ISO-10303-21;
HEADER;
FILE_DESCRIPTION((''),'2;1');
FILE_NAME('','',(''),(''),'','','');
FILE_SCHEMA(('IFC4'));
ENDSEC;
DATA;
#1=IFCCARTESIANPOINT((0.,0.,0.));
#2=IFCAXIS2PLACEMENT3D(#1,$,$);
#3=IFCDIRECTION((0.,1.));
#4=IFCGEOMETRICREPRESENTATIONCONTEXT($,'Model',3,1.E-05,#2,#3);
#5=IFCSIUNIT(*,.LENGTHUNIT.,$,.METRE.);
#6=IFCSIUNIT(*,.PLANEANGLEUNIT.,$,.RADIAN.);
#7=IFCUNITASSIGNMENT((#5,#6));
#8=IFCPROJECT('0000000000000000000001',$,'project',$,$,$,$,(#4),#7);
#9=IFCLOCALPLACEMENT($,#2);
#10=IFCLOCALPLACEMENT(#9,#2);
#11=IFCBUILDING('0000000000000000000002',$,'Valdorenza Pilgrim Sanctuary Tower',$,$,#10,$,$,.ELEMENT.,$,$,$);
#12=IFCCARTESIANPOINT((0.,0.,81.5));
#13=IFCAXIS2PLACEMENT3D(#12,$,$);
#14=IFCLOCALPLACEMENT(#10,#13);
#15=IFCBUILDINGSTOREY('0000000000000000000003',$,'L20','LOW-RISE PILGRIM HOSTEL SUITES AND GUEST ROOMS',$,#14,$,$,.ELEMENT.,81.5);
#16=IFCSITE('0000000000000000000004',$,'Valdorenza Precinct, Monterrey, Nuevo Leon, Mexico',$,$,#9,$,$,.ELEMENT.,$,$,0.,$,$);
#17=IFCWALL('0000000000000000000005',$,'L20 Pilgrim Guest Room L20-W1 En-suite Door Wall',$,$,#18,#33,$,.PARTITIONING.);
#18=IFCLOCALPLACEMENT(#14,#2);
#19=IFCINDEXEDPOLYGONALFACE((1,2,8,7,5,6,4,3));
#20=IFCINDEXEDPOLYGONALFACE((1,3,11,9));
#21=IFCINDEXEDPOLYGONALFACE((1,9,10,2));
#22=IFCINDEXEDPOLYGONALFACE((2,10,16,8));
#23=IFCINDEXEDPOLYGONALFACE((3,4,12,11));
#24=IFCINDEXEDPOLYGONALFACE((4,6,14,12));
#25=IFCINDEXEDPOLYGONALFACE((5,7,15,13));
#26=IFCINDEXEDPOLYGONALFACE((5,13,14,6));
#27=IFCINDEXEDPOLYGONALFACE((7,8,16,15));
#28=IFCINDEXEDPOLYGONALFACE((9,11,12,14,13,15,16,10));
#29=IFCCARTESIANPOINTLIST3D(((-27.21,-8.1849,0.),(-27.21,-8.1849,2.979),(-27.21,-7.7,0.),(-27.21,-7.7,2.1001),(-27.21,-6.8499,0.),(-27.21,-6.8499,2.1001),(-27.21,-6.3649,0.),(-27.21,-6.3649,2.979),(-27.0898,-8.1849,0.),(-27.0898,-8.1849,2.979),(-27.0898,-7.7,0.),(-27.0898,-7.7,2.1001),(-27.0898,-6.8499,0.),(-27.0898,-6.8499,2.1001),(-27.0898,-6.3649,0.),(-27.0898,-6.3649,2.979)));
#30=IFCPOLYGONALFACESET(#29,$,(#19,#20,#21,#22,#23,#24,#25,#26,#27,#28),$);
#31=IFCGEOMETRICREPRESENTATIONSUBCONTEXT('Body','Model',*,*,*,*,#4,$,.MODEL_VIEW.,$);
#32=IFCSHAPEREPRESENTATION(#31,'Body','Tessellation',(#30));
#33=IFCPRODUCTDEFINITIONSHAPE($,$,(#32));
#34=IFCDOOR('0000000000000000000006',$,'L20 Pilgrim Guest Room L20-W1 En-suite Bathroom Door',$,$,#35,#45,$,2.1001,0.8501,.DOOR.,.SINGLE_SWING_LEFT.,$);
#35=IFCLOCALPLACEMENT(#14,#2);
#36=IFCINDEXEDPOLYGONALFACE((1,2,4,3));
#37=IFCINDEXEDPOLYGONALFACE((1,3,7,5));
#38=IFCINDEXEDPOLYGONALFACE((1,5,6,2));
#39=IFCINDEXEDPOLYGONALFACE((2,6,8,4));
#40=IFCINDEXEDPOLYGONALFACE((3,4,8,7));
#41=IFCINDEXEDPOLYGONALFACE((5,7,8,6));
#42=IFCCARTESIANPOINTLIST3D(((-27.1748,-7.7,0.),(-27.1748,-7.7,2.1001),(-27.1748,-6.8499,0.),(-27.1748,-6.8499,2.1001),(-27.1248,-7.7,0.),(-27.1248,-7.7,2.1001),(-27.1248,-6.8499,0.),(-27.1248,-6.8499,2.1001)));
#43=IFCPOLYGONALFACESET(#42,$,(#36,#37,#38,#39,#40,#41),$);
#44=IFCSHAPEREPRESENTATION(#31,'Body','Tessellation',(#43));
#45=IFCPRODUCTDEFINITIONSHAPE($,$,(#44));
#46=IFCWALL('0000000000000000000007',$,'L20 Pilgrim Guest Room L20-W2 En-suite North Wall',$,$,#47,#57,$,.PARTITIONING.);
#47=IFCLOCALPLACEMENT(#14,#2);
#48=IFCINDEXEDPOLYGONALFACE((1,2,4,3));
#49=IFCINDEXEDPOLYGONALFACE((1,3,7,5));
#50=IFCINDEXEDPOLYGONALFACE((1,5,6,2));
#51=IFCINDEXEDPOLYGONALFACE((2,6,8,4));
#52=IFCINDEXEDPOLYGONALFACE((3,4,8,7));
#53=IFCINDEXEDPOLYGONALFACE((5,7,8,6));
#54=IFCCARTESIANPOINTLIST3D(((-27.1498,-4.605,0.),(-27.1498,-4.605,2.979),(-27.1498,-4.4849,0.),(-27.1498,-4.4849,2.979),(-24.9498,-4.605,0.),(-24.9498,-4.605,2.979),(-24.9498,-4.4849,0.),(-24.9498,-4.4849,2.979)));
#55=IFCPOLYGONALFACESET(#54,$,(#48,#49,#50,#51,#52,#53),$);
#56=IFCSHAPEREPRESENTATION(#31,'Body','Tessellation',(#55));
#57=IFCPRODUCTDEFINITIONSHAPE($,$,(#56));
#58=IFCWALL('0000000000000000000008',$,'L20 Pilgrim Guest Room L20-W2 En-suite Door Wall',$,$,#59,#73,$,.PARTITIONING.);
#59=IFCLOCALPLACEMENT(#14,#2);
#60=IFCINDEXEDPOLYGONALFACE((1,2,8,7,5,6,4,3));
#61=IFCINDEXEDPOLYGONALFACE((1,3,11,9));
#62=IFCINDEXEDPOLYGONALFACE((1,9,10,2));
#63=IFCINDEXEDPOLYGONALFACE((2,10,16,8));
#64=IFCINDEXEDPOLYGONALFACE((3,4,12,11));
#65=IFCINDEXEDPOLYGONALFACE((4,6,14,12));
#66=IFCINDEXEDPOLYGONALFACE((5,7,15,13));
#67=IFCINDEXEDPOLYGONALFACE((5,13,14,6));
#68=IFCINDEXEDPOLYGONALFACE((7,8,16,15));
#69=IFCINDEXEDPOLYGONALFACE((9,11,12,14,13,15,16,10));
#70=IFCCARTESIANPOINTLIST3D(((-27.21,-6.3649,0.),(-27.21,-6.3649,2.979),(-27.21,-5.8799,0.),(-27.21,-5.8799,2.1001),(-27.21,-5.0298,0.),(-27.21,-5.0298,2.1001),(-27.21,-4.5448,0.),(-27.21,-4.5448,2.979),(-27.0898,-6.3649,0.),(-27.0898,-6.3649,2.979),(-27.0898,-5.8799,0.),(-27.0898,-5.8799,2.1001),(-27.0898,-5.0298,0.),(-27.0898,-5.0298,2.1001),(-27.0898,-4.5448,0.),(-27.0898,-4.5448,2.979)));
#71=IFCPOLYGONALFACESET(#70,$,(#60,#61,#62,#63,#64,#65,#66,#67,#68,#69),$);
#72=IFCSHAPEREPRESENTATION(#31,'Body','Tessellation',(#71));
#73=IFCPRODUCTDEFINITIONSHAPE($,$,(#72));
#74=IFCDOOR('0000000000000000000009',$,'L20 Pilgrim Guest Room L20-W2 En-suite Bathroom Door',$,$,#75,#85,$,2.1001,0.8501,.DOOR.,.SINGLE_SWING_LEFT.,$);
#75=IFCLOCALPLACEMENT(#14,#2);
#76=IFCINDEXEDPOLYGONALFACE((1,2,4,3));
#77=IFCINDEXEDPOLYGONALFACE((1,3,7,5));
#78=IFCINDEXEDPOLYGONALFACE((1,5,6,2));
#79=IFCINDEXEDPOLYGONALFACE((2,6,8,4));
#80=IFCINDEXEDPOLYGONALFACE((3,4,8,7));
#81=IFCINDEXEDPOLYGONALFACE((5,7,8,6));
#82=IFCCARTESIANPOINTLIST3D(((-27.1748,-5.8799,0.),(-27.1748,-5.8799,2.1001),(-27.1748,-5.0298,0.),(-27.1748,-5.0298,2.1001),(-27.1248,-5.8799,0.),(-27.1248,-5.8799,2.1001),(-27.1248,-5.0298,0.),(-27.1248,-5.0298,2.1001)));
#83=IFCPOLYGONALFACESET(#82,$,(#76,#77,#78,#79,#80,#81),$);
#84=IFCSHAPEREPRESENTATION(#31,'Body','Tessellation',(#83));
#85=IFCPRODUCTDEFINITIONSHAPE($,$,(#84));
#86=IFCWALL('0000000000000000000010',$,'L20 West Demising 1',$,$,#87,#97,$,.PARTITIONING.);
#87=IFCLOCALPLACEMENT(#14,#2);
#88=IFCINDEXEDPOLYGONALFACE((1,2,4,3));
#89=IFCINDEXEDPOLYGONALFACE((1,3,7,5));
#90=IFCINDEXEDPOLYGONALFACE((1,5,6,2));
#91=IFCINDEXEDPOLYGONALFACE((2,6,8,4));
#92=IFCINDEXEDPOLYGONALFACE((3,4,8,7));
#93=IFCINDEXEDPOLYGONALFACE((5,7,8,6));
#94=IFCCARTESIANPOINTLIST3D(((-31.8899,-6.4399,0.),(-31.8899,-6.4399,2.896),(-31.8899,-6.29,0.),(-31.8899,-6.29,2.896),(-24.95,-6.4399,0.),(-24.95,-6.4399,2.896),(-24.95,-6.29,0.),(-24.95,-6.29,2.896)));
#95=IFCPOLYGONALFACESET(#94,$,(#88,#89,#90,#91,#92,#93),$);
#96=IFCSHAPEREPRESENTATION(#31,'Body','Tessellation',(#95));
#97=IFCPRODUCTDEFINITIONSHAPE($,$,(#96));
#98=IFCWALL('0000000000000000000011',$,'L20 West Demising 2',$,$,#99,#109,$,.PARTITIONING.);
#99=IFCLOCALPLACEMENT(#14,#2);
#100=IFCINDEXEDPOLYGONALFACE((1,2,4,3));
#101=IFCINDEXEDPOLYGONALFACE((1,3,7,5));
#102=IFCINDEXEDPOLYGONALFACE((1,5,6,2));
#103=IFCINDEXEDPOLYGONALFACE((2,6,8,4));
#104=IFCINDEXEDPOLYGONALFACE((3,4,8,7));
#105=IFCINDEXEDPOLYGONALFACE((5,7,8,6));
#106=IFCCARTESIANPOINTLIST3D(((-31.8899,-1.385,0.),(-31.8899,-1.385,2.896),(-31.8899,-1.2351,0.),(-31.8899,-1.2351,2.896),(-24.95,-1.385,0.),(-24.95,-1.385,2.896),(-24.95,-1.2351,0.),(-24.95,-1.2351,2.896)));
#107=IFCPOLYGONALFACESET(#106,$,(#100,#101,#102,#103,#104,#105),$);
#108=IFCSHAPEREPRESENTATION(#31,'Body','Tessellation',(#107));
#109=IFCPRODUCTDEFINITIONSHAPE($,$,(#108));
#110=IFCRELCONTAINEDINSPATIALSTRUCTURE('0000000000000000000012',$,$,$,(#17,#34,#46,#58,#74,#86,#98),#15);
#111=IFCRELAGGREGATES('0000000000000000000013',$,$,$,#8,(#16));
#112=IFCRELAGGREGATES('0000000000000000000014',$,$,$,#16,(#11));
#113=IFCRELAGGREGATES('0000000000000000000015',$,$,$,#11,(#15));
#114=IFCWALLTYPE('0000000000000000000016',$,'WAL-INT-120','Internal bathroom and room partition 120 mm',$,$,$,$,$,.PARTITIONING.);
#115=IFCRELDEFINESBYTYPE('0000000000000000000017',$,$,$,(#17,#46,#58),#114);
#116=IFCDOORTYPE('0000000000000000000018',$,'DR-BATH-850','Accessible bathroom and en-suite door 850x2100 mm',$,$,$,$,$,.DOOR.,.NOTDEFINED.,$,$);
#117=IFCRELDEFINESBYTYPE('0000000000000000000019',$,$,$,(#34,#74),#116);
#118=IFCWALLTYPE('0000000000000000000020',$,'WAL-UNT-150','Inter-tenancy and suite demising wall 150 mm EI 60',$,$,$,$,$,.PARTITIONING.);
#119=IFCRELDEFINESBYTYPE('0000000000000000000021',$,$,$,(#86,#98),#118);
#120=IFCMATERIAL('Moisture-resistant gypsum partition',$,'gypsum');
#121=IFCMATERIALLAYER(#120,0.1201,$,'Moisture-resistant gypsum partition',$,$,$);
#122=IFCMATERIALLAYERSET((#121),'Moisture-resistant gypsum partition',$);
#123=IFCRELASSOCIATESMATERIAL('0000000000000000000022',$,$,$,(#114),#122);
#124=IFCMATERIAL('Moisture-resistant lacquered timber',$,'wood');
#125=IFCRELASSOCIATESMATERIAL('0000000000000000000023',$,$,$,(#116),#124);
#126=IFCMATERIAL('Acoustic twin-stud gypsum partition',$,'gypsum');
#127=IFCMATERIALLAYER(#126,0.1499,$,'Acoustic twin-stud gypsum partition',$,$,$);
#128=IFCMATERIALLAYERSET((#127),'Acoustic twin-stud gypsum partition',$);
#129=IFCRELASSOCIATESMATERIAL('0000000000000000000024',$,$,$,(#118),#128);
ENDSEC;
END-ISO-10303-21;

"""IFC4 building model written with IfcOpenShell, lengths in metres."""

from ifc_helpers import new_model, si_unit, direction, frame, frame_2d, origin, place, context, subcontext, project, spatial, rectangle, extrude, material, layer, layer_set, type_object, element, fill, save


model = new_model("IFC4")

# Units and contexts
model_context = context("Model", 3, precision=1e-05, world=origin(), true_north=direction((0.0, 1.0)))
body_context = subcontext(model_context, "Body", "Model", "MODEL_VIEW")
ifc_project = project(units=[si_unit("LENGTHUNIT", "METRE"), si_unit("PLANEANGLEUNIT", "RADIAN")], contexts=[model_context])

# Site, building, storey
site_placement = place(None, origin())
site = spatial("IfcSite", under=ifc_project, at=site_placement, Name="Valdorenza Precinct, Monterrey, Nuevo Leon, Mexico", CompositionType="ELEMENT", RefElevation=0.0)
building_placement = place(site_placement, origin())
building = spatial("IfcBuilding", under=site, at=building_placement, Name="Valdorenza Pilgrim Sanctuary Tower", CompositionType="ELEMENT")
storey_placement = place(building_placement, frame((0.0, 0.0, 81.5)))
storey = spatial("IfcBuildingStorey", under=building, at=storey_placement, Name="L20", Description="LOW-RISE PILGRIM HOSTEL SUITES AND GUEST ROOMS", CompositionType="ELEMENT", Elevation=81.5)

# Shared definitions
ifc_material_1 = material(Name="Moisture-resistant gypsum partition", Category="gypsum")
ifc_layer_1 = layer(ifc_material_1, 0.1201, Name="Moisture-resistant gypsum partition")
ifc_layer_set_1 = layer_set([ifc_layer_1], Name="Moisture-resistant gypsum partition")
wall_type_1 = type_object("IfcWallType", Name="WAL-INT-120", Description="Internal bathroom and room partition 120 mm", PredefinedType="PARTITIONING", material=ifc_layer_set_1)

# Wall, opening, door
wall_1_placement = place(storey_placement, frame((-27.1499, -8.1851, 0.0), z_axis=(0.0, 0.0, 1.0), x_axis=(0.0, 1.0, 0.0)))
wall_1 = element("IfcWall", 1, at=wall_1_placement, inside=storey, type_object=wall_type_1, Name="L20 Pilgrim Guest Room L20-W1 En-suite Door Wall", PredefinedType="PARTITIONING", context=body_context, shape_type="SweptSolid", body=[
    extrude(rectangle(XDim=1.8201, YDim=0.1201, at=frame_2d((0.9102, 0.0))), origin(), (0.0, 0.0, 1.0), 2.979),
])
opening_1_placement = place(wall_1_placement, frame((0.4851, 0.0, 0.0)))
opening_1 = element("IfcOpeningElement", 2, at=opening_1_placement, cuts=wall_1, PredefinedType="OPENING", context=body_context, shape_type="SweptSolid", body=[
    extrude(rectangle(XDim=0.8501, YDim=2.1001, at=frame_2d((0.425, 1.05))), frame((0.0, 0.075, 0.0), z_axis=(0.0, -1.0, 0.0), x_axis=(1.0, 0.0, 0.0)), (0.0, 0.0, 1.0), 0.1499),
])
ifc_material_2 = material(Name="Moisture-resistant lacquered timber", Category="wood")
door_type = type_object("IfcDoorType", Name="DR-BATH-850", Description="Accessible bathroom and en-suite door 850x2100 mm", OperationType="NOTDEFINED", PredefinedType="DOOR", material=ifc_material_2)
door_1_placement = place(opening_1_placement, origin())
door_1 = element("IfcDoor", 3, at=door_1_placement, inside=storey, type_object=door_type, Name="L20 Pilgrim Guest Room L20-W1 En-suite Bathroom Door", OperationType="SINGLE_SWING_LEFT", OverallHeight=2.1001, OverallWidth=0.8501, PredefinedType="DOOR", context=body_context, shape_type="SweptSolid", body=[
    extrude(rectangle(XDim=0.8501, YDim=2.1001, at=frame_2d((0.425, 1.05))), frame((0.0, 0.0249, 0.0), z_axis=(0.0, -1.0, 0.0), x_axis=(1.0, 0.0, 0.0)), (0.0, 0.0, 1.0), 0.05),
])
fill(opening_1, door_1)

# Wall
wall_2_placement = place(storey_placement, frame((-27.1499, -4.5449, 0.0), z_axis=(0.0, 0.0, 1.0), x_axis=(1.0, 0.0, 0.0)))
element("IfcWall", 4, at=wall_2_placement, inside=storey, type_object=wall_type_1, Name="L20 Pilgrim Guest Room L20-W2 En-suite North Wall", PredefinedType="PARTITIONING", context=body_context, shape_type="SweptSolid", body=[
    extrude(rectangle(XDim=2.2, YDim=0.1201, at=frame_2d((1.1001, 0.0))), origin(), (0.0, 0.0, 1.0), 2.979),
])

# Wall, opening, door
wall_3_placement = place(storey_placement, frame((-27.1499, -6.365, 0.0), z_axis=(0.0, 0.0, 1.0), x_axis=(0.0, 1.0, 0.0)))
wall_3 = element("IfcWall", 5, at=wall_3_placement, inside=storey, type_object=wall_type_1, Name="L20 Pilgrim Guest Room L20-W2 En-suite Door Wall", PredefinedType="PARTITIONING", context=body_context, shape_type="SweptSolid", body=[
    extrude(rectangle(XDim=1.8201, YDim=0.1201, at=frame_2d((0.9102, 0.0))), origin(), (0.0, 0.0, 1.0), 2.979),
])
opening_2_placement = place(wall_3_placement, frame((0.4851, 0.0, 0.0)))
opening_2 = element("IfcOpeningElement", 6, at=opening_2_placement, cuts=wall_3, PredefinedType="OPENING", context=body_context, shape_type="SweptSolid", body=[
    extrude(rectangle(XDim=0.8501, YDim=2.1001, at=frame_2d((0.425, 1.05))), frame((0.0, 0.075, 0.0), z_axis=(0.0, -1.0, 0.0), x_axis=(1.0, 0.0, 0.0)), (0.0, 0.0, 1.0), 0.1499),
])
door_2_placement = place(opening_2_placement, origin())
door_2 = element("IfcDoor", 7, at=door_2_placement, inside=storey, type_object=door_type, Name="L20 Pilgrim Guest Room L20-W2 En-suite Bathroom Door", OperationType="SINGLE_SWING_LEFT", OverallHeight=2.1001, OverallWidth=0.8501, PredefinedType="DOOR", context=body_context, shape_type="SweptSolid", body=[
    extrude(rectangle(XDim=0.8501, YDim=2.1001, at=frame_2d((0.425, 1.05))), frame((0.0, 0.0249, 0.0), z_axis=(0.0, -1.0, 0.0), x_axis=(1.0, 0.0, 0.0)), (0.0, 0.0, 1.0), 0.05),
])
fill(opening_2, door_2)

# Walls
ifc_material_3 = material(Name="Acoustic twin-stud gypsum partition", Category="gypsum")
ifc_layer_2 = layer(ifc_material_3, 0.1499, Name="Acoustic twin-stud gypsum partition")
ifc_layer_set_2 = layer_set([ifc_layer_2], Name="Acoustic twin-stud gypsum partition")
wall_type_2 = type_object("IfcWallType", Name="WAL-UNT-150", Description="Inter-tenancy and suite demising wall 150 mm EI 60", PredefinedType="PARTITIONING", material=ifc_layer_set_2)
for number, where, z_axis, x_axis, name in (
    (8, (-31.8899, -6.365, 0.0), (0.0, 0.0, 1.0), (1.0, 0.0, 0.0), "L20 West Demising 1"),
    (9, (-31.8899, -1.3101, 0.0), (0.0, 0.0, 1.0), (1.0, 0.0, 0.0), "L20 West Demising 2"),
):
    element("IfcWall", number, at=place(storey_placement, frame(where, z_axis=z_axis, x_axis=x_axis)), inside=storey, type_object=wall_type_2, Name=name, PredefinedType="PARTITIONING", context=body_context, shape_type="SweptSolid", body=[
        extrude(rectangle(XDim=6.9399, YDim=0.1499, at=frame_2d((3.47, 0.0))), origin(), (0.0, 0.0, 1.0), 2.896),
    ])

save(model, "model.ifc")
